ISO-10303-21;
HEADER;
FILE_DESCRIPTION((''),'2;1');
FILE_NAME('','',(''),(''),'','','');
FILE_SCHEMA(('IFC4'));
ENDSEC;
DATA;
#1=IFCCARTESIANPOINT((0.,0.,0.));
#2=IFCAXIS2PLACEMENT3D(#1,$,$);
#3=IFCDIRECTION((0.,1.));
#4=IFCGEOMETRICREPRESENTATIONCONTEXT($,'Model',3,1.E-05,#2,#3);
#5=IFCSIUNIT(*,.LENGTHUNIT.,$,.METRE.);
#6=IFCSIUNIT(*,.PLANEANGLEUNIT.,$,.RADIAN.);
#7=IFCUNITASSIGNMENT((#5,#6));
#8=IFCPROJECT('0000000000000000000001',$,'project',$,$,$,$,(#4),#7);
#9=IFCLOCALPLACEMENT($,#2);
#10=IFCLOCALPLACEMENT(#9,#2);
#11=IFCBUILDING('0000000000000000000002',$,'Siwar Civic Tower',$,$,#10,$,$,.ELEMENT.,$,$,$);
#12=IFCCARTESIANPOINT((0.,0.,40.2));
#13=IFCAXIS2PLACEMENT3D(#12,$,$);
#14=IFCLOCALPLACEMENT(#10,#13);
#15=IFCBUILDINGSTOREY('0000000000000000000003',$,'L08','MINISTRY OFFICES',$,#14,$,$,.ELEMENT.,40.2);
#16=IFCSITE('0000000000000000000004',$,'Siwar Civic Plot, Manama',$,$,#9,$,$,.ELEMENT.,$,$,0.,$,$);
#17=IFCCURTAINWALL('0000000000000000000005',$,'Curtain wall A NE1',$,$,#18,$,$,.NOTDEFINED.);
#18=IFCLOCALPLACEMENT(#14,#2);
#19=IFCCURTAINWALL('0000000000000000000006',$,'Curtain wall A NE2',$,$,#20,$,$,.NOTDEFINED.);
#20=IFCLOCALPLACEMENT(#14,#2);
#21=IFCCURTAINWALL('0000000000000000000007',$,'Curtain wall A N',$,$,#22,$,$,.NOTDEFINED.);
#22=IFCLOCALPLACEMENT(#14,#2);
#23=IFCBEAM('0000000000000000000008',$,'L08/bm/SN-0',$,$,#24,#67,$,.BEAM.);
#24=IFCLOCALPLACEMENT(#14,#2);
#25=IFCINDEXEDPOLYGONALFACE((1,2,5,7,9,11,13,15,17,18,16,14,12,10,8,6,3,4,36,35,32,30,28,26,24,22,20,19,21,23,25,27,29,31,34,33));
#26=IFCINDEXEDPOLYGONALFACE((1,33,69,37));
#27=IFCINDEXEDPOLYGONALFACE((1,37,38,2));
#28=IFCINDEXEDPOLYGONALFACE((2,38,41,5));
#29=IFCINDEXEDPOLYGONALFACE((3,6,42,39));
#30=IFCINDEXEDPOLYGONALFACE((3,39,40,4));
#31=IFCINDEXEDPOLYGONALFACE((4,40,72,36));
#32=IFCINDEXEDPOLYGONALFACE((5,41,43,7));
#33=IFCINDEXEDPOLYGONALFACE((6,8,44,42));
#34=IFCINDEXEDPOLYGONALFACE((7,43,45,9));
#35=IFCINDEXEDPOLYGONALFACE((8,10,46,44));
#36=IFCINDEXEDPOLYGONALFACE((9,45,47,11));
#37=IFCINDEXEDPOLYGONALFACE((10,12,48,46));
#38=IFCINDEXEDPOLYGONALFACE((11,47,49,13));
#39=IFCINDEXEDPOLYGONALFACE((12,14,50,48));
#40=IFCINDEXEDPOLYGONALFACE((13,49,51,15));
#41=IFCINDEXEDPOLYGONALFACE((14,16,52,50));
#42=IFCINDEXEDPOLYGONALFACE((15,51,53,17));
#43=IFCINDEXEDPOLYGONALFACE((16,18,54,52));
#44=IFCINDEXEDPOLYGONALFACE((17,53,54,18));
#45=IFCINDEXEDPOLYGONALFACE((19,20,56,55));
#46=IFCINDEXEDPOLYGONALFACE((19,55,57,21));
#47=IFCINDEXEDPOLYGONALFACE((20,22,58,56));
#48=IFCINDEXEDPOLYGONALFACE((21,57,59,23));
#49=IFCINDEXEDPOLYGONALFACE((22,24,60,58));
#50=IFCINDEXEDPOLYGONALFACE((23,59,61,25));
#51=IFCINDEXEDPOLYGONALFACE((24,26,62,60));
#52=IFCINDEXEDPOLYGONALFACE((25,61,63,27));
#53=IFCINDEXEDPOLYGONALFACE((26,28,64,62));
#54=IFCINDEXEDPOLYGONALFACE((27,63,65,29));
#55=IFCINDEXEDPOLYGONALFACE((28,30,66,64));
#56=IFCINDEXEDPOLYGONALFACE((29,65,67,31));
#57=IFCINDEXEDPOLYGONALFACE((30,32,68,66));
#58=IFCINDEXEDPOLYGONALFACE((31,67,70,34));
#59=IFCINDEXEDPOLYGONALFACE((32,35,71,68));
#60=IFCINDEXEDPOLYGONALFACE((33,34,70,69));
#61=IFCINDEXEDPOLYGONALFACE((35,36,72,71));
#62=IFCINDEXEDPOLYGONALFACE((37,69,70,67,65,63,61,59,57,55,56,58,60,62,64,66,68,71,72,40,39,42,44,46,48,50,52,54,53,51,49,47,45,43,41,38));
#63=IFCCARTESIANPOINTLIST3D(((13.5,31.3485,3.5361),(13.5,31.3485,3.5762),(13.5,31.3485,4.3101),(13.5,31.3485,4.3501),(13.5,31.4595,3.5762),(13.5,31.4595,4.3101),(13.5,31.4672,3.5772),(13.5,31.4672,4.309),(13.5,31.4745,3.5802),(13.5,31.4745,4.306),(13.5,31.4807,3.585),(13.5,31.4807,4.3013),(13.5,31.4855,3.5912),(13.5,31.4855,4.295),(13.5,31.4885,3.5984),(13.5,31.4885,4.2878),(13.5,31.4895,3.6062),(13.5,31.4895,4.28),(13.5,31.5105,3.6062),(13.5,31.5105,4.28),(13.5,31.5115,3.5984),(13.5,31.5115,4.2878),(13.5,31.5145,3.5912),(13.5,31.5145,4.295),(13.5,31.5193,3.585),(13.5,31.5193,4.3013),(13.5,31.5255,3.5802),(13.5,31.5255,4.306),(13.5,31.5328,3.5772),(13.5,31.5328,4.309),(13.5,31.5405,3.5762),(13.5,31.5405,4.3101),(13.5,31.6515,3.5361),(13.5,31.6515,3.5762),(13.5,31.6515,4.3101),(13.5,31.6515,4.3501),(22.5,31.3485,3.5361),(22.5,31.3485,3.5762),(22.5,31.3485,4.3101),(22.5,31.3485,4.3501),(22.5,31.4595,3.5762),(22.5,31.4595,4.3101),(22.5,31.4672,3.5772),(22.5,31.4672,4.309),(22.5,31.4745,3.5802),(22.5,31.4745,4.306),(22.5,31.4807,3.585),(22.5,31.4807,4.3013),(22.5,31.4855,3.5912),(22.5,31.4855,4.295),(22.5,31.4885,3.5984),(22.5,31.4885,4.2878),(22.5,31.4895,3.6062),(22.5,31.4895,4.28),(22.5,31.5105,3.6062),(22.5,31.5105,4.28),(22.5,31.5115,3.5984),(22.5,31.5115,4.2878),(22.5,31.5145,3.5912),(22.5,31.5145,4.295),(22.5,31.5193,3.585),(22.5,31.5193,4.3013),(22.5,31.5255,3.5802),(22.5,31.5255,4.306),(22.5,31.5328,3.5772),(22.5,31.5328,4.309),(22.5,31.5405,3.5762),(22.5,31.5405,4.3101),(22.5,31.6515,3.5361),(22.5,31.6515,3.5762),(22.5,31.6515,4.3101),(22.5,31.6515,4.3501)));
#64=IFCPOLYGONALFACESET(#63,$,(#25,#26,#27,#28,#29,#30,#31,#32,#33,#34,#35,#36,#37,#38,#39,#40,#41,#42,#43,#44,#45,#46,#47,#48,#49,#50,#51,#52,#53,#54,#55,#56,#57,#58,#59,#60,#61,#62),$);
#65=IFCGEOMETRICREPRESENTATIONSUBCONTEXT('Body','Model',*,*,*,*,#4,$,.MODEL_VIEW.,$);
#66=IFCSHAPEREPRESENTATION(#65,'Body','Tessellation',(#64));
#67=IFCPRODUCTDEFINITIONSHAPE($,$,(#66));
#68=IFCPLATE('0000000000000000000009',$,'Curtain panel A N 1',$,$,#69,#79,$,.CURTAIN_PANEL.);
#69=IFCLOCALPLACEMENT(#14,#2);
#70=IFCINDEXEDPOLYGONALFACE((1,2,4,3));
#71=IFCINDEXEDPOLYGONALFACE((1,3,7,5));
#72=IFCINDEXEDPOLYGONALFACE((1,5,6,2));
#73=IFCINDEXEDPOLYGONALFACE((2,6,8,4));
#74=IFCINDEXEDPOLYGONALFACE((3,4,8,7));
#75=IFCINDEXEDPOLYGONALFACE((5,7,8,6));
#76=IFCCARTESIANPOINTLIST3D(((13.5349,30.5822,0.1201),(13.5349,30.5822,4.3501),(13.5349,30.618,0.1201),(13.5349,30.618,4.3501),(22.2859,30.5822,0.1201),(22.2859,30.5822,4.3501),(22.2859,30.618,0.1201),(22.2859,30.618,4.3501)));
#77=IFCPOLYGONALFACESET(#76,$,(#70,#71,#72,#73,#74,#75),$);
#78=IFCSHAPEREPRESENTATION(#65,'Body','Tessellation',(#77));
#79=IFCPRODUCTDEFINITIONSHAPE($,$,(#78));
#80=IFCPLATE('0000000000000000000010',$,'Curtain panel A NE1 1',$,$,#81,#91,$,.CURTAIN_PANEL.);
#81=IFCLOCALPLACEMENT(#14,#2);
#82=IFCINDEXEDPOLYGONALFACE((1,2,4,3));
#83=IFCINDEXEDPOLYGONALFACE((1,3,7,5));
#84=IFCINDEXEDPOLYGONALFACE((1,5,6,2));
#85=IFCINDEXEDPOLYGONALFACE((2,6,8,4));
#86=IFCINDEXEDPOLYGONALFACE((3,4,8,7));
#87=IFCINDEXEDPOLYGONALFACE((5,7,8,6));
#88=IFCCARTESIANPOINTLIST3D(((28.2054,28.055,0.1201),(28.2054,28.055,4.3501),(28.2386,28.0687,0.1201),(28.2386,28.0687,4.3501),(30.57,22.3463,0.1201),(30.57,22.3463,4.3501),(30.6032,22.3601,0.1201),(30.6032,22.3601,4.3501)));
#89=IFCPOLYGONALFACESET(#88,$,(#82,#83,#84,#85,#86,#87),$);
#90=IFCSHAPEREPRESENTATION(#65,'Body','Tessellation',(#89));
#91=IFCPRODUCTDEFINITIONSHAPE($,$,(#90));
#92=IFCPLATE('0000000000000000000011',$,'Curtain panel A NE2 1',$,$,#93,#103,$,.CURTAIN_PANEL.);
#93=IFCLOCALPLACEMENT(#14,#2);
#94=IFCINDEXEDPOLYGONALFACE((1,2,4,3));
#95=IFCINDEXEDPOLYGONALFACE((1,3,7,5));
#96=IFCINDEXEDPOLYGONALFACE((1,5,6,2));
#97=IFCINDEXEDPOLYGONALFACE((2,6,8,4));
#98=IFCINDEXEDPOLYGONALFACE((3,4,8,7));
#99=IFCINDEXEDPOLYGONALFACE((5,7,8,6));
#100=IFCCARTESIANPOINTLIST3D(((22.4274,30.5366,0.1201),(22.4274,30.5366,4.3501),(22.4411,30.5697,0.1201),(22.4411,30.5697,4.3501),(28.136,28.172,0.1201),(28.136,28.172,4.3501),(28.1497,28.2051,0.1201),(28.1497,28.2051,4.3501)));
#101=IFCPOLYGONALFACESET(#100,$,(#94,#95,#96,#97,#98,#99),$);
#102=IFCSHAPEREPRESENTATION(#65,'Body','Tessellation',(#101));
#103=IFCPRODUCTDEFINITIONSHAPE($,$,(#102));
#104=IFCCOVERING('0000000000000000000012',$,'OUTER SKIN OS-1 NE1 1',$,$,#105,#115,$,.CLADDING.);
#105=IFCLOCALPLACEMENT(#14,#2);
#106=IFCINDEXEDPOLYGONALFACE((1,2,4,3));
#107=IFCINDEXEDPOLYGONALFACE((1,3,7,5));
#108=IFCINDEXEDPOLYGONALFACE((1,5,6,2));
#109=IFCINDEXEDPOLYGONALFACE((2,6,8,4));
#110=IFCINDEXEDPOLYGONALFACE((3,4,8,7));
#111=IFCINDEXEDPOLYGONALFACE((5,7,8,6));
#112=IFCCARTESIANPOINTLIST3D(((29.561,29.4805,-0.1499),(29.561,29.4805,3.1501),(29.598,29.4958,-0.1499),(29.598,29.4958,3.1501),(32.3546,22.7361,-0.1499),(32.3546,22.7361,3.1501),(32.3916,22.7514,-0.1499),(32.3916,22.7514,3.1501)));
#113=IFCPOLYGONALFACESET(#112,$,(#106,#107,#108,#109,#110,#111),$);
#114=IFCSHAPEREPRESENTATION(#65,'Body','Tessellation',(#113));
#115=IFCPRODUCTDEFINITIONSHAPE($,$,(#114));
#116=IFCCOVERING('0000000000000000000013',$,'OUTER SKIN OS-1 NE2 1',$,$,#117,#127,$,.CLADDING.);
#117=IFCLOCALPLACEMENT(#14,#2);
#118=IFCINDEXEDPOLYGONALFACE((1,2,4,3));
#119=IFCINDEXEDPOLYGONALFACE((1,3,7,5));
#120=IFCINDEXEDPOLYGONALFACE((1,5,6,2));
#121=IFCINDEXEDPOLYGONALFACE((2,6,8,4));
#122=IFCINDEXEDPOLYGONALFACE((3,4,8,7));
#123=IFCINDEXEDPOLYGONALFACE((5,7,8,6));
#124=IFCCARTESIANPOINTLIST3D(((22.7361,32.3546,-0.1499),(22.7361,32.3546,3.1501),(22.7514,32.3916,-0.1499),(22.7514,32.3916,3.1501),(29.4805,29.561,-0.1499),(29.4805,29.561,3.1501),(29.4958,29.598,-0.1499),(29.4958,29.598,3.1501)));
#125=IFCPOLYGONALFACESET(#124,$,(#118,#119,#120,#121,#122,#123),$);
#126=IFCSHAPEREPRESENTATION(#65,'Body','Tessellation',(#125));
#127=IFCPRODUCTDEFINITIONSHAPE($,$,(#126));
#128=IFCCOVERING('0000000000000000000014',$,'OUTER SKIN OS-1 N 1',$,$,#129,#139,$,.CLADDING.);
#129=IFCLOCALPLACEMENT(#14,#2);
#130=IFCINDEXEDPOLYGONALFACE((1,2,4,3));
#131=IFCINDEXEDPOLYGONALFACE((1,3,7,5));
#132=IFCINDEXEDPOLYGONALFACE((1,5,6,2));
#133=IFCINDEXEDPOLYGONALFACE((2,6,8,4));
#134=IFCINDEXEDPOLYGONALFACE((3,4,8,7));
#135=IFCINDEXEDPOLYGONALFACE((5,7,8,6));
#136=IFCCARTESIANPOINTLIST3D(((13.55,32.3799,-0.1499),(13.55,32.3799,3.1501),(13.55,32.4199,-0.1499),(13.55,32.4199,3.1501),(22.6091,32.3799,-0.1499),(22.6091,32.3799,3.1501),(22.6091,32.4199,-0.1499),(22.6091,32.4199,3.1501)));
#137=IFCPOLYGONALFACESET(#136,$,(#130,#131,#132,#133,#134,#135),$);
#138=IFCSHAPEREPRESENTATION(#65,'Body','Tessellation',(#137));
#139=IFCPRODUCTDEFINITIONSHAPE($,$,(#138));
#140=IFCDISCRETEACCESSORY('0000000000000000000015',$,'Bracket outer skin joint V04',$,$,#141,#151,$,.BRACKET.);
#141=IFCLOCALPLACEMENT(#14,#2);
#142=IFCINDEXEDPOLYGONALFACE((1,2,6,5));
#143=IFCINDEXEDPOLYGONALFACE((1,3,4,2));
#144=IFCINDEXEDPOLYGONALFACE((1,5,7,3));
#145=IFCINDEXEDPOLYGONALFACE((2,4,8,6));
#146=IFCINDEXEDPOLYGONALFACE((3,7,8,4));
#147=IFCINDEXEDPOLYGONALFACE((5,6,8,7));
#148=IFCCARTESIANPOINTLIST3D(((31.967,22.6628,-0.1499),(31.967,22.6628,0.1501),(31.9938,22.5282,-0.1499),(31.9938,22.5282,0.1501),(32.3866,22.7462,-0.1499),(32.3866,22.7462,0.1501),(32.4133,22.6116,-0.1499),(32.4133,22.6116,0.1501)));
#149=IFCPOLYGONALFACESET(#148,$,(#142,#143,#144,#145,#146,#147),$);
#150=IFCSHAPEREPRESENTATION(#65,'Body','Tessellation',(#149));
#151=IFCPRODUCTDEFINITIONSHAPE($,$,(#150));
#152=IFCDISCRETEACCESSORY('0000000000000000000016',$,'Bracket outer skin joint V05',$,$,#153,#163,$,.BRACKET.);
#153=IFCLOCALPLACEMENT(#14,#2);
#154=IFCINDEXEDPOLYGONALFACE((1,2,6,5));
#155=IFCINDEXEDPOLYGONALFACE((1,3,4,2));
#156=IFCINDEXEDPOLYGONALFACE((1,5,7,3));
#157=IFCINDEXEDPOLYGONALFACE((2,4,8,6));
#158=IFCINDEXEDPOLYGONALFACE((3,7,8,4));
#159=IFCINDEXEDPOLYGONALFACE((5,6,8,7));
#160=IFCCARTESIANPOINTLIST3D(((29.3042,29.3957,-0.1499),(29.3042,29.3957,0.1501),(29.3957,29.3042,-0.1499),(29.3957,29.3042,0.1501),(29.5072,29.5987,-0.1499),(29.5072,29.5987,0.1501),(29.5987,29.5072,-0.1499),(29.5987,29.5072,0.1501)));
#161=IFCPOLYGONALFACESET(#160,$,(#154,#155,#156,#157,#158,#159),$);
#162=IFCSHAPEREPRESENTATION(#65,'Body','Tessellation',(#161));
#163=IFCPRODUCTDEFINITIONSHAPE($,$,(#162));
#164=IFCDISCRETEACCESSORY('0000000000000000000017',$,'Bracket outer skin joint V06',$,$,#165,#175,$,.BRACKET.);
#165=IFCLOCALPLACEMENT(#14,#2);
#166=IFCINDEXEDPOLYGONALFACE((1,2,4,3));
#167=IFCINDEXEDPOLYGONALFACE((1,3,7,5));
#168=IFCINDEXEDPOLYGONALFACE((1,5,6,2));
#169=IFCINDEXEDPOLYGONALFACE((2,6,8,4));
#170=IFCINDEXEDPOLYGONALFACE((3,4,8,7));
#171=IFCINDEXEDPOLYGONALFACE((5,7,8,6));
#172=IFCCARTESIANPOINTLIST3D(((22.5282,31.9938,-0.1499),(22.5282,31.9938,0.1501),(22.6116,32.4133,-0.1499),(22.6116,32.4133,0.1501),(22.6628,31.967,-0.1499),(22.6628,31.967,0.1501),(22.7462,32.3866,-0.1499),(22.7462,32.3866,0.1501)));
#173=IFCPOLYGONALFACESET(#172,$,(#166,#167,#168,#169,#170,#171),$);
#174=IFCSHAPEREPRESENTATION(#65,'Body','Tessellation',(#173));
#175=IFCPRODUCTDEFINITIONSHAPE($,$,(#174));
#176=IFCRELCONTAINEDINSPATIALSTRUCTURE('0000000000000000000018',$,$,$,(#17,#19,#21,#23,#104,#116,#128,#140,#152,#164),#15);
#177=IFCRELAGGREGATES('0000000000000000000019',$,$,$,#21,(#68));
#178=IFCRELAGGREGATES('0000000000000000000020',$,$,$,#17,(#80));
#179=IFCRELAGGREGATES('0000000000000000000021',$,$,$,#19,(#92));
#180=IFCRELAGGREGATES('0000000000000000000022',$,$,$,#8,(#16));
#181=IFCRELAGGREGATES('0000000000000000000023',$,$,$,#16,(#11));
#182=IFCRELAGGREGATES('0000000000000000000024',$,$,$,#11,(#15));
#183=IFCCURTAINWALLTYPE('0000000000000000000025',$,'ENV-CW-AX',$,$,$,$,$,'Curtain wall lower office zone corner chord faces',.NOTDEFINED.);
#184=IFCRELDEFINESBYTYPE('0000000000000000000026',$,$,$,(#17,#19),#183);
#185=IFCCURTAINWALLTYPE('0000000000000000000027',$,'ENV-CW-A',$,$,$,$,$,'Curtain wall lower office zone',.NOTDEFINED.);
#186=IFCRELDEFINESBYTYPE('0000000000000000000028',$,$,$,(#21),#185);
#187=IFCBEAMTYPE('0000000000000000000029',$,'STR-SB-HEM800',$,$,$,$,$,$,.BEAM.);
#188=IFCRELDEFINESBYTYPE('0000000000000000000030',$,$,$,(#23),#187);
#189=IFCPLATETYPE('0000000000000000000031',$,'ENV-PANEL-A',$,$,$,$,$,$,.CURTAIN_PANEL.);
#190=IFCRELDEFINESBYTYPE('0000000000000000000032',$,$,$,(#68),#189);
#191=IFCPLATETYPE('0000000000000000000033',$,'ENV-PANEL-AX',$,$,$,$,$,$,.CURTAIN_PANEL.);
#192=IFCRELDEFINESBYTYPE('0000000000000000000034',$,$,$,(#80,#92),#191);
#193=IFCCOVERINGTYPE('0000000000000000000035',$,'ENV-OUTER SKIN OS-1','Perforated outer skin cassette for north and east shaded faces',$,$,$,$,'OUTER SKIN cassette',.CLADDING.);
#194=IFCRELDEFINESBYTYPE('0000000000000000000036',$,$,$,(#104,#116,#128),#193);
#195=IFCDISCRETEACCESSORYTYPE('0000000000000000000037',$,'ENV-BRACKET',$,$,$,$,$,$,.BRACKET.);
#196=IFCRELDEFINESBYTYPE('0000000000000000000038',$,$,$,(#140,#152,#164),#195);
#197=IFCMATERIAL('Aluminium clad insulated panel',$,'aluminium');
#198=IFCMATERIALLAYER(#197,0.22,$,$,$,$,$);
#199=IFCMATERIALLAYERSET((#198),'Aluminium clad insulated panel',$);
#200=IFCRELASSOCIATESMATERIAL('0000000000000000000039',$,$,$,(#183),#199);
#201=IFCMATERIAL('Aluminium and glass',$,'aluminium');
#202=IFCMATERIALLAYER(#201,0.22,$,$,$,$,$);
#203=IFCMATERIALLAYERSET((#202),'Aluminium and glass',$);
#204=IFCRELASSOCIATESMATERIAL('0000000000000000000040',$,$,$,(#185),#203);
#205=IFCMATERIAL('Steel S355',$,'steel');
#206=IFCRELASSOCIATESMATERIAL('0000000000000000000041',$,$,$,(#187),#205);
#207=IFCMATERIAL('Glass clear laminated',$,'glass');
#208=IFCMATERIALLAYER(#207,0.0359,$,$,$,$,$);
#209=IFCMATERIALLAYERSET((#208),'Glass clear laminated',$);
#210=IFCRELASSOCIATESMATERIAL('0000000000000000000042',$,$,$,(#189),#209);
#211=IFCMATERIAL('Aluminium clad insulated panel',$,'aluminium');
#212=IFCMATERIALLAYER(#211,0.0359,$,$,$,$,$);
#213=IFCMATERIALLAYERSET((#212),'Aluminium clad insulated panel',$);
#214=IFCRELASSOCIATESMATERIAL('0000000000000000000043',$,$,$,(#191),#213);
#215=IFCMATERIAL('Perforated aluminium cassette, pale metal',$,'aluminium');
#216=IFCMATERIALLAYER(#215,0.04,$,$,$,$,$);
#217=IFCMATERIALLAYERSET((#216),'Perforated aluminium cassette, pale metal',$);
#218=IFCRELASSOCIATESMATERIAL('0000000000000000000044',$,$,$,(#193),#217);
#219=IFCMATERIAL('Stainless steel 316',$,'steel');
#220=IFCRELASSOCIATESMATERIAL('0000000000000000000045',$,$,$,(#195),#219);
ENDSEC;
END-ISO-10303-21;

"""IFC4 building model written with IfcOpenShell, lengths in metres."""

from ifc_helpers import new_model, si_unit, direction, frame, origin, origin_2d, place, context, subcontext, project, spatial, rectangle, i_section, extrude, material, layer, layer_set, material_profile, profile_set, type_object, element, aggregate, save


model = new_model("IFC4")

# Units and contexts
model_context = context("Model", 3, precision=1e-05, world=origin(), true_north=direction((0.0, 1.0)))
body_context = subcontext(model_context, "Body", "Model", "MODEL_VIEW")
ifc_project = project(units=[si_unit("LENGTHUNIT", "METRE"), si_unit("PLANEANGLEUNIT", "RADIAN")], contexts=[model_context])

# Site, building, storey
site_placement = place(None, origin())
site = spatial("IfcSite", under=ifc_project, at=site_placement, Name="Siwar Civic Plot, Manama", CompositionType="ELEMENT", RefElevation=0.0)
building_placement = place(site_placement, origin())
building = spatial("IfcBuilding", under=site, at=building_placement, Name="Siwar Civic Tower", CompositionType="ELEMENT")
storey_placement = place(building_placement, frame((0.0, 0.0, 40.2)))
storey = spatial("IfcBuildingStorey", under=building, at=storey_placement, Name="L08", Description="MINISTRY OFFICES", CompositionType="ELEMENT", Elevation=40.2)

# Curtain walls
ifc_material_1 = material(Name="Aluminium clad insulated panel", Category="aluminium")
ifc_layer_1 = layer(ifc_material_1, 0.22)
ifc_layer_set_1 = layer_set([ifc_layer_1], Name="Aluminium clad insulated panel")
curtain_wall_type_1 = type_object("IfcCurtainWallType", Name="ENV-CW-AX", ElementType="Curtain wall lower office zone corner chord faces", PredefinedType="NOTDEFINED", material=ifc_layer_set_1)
curtain_wall_1_placement = place(storey_placement, origin())
curtain_wall_1 = element("IfcCurtainWall", 1, at=curtain_wall_1_placement, inside=storey, type_object=curtain_wall_type_1, Name="Curtain wall A NE1", PredefinedType="NOTDEFINED")
curtain_wall_2_placement = place(storey_placement, origin())
curtain_wall_2 = element("IfcCurtainWall", 2, at=curtain_wall_2_placement, inside=storey, type_object=curtain_wall_type_1, Name="Curtain wall A NE2", PredefinedType="NOTDEFINED")
ifc_material_2 = material(Name="Aluminium and glass", Category="aluminium")
ifc_layer_2 = layer(ifc_material_2, 0.22)
ifc_layer_set_2 = layer_set([ifc_layer_2], Name="Aluminium and glass")
curtain_wall_type_2 = type_object("IfcCurtainWallType", Name="ENV-CW-A", ElementType="Curtain wall lower office zone", PredefinedType="NOTDEFINED", material=ifc_layer_set_2)
curtain_wall_3_placement = place(storey_placement, origin())
curtain_wall_3 = element("IfcCurtainWall", 3, at=curtain_wall_3_placement, inside=storey, type_object=curtain_wall_type_2, Name="Curtain wall A N", PredefinedType="NOTDEFINED")

# Beam
ifc_material_3 = material(Name="Steel S355", Category="steel")
ifc_material_profile_1 = material_profile(ifc_material_3, i_section(OverallWidth=0.303, OverallDepth=0.814, WebThickness=0.021, FlangeThickness=0.04, FilletRadius=0.03, at=origin_2d()), Name="HEM800")
ifc_profile_set_1 = profile_set([ifc_material_profile_1], Name="Steel S355")
beam_type_1 = type_object("IfcBeamType", Name="STR-SB-HEM800", PredefinedType="BEAM", material=ifc_profile_set_1)
beam_1_placement = place(storey_placement, frame((22.5, 31.5, 3.9431), z_axis=(-1.0, 0.0, 0.0), x_axis=(0.0, -1.0, 0.0)))
element("IfcBeam", 4, at=beam_1_placement, inside=storey, type_object=beam_type_1, Name="L08/bm/SN-0", PredefinedType="BEAM", context=body_context, shape_type="SweptSolid", body=[
    extrude(i_section(OverallWidth=0.303, OverallDepth=0.814, WebThickness=0.021, FlangeThickness=0.04, FilletRadius=0.03, at=origin_2d()), origin(), (0.0, 0.0, 1.0), 9.0),
])

# Plates
ifc_material_4 = material(Name="Glass clear laminated", Category="glass")
ifc_layer_3 = layer(ifc_material_4, 0.0359)
ifc_layer_set_3 = layer_set([ifc_layer_3], Name="Glass clear laminated")
plate_type_1 = type_object("IfcPlateType", Name="ENV-PANEL-A", PredefinedType="CURTAIN_PANEL", material=ifc_layer_set_3)
plate_1_placement = place(storey_placement, frame((17.9104, 30.6001, 0.1201), z_axis=(0.0, 0.0, 1.0), x_axis=(-1.0, 0.0, 0.0)))
plate_1 = element("IfcPlate", 5, at=plate_1_placement, type_object=plate_type_1, Name="Curtain panel A N 1", PredefinedType="CURTAIN_PANEL", context=body_context, shape_type="SweptSolid", body=[
    extrude(rectangle(XDim=8.751, YDim=0.0359, at=origin_2d()), origin(), (0.0, 0.0, 1.0), 4.23),
])
aggregate(curtain_wall_3, [plate_1])
ifc_material_5 = material(Name="Aluminium clad insulated panel", Category="aluminium")
ifc_layer_4 = layer(ifc_material_5, 0.0359)
ifc_layer_set_4 = layer_set([ifc_layer_4], Name="Aluminium clad insulated panel")
plate_type_2 = type_object("IfcPlateType", Name="ENV-PANEL-AX", PredefinedType="CURTAIN_PANEL", material=ifc_layer_set_4)
plate_2_placement = place(storey_placement, frame((29.4043, 25.2075, 0.1201), z_axis=(0.0, 0.0, 1.0), x_axis=(-0.382683, 0.92388, 0.0)))
plate_2 = element("IfcPlate", 6, at=plate_2_placement, type_object=plate_type_2, Name="Curtain panel A NE1 1", PredefinedType="CURTAIN_PANEL", context=body_context, shape_type="SweptSolid", body=[
    extrude(rectangle(XDim=6.179, YDim=0.0359, at=origin_2d()), origin(), (0.0, 0.0, 1.0), 4.23),
])
aggregate(curtain_wall_1, [plate_2])
plate_3_placement = place(storey_placement, frame((25.2886, 29.3708, 0.1201), z_axis=(0.0, 0.0, 1.0), x_axis=(-0.92388, 0.382683, 0.0)))
plate_3 = element("IfcPlate", 7, at=plate_3_placement, type_object=plate_type_2, Name="Curtain panel A NE2 1", PredefinedType="CURTAIN_PANEL", context=body_context, shape_type="SweptSolid", body=[
    extrude(rectangle(XDim=6.179, YDim=0.0359, at=origin_2d()), origin(), (0.0, 0.0, 1.0), 4.23),
])
aggregate(curtain_wall_2, [plate_3])

# Coverings
ifc_material_6 = material(Name="Perforated aluminium cassette, pale metal", Category="aluminium")
ifc_layer_5 = layer(ifc_material_6, 0.04)
ifc_layer_set_5 = layer_set([ifc_layer_5], Name="Perforated aluminium cassette, pale metal")
covering_type = type_object("IfcCoveringType", Name="ENV-OUTER SKIN OS-1", Description="Perforated outer skin cassette for north and east shaded faces", ElementType="OUTER SKIN cassette", PredefinedType="CLADDING", material=ifc_layer_set_5)
for number, where, z_axis, x_axis, name in (
    (8, (30.9763, 26.116, -0.1499), (0.0, 0.0, 1.0), (-0.382683, 0.92388, 0.0), "OUTER SKIN OS-1 NE1 1"),
    (9, (26.116, 30.9763, -0.1499), (0.0, 0.0, 1.0), (-0.92388, 0.382683, 0.0), "OUTER SKIN OS-1 NE2 1"),
):
    element("IfcCovering", number, at=place(storey_placement, frame(where, z_axis=z_axis, x_axis=x_axis)), inside=storey, type_object=covering_type, Name=name, PredefinedType="CLADDING", context=body_context, shape_type="SweptSolid", body=[
        extrude(rectangle(XDim=7.3, YDim=0.04, at=origin_2d()), origin(), (0.0, 0.0, 1.0), 3.3),
    ])
covering_placement = place(storey_placement, frame((18.0796, 32.3999, -0.1499), z_axis=(0.0, 0.0, 1.0), x_axis=(-1.0, 0.0, 0.0)))
element("IfcCovering", 10, at=covering_placement, inside=storey, type_object=covering_type, Name="OUTER SKIN OS-1 N 1", PredefinedType="CLADDING", context=body_context, shape_type="SweptSolid", body=[
    extrude(rectangle(XDim=9.0591, YDim=0.04, at=origin_2d()), origin(), (0.0, 0.0, 1.0), 3.3),
])

# Discrete accessories
ifc_material_7 = material(Name="Stainless steel 316", Category="steel")
discrete_accessory_type = type_object("IfcDiscreteAccessoryType", Name="ENV-BRACKET", PredefinedType="BRACKET", material=ifc_material_7)
discrete_accessory_1_placement = place(storey_placement, frame((32.1902, 22.6372, -0.1499), z_axis=(0.0, 0.0, 1.0), x_axis=(0.980785, 0.19509, 0.0)))
element("IfcDiscreteAccessory", 11, at=discrete_accessory_1_placement, inside=storey, type_object=discrete_accessory_type, Name="Bracket outer skin joint V04", PredefinedType="BRACKET", context=body_context, shape_type="SweptSolid", body=[
    extrude(rectangle(XDim=0.4277, YDim=0.1372, at=origin_2d()), origin(), (0.0, 0.0, 1.0), 0.3),
])
discrete_accessory_2_placement = place(storey_placement, frame((29.4514, 29.4514, -0.1499), z_axis=(0.0, 0.0, 1.0), x_axis=(0.707107, 0.707107, 0.0)))
element("IfcDiscreteAccessory", 12, at=discrete_accessory_2_placement, inside=storey, type_object=discrete_accessory_type, Name="Bracket outer skin joint V05", PredefinedType="BRACKET", context=body_context, shape_type="SweptSolid", body=[
    extrude(rectangle(XDim=0.2871, YDim=0.1294, at=origin_2d()), origin(), (0.0, 0.0, 1.0), 0.3),
])
discrete_accessory_3_placement = place(storey_placement, frame((22.6372, 32.1902, -0.1499), z_axis=(0.0, 0.0, 1.0), x_axis=(0.19509, 0.980785, 0.0)))
element("IfcDiscreteAccessory", 13, at=discrete_accessory_3_placement, inside=storey, type_object=discrete_accessory_type, Name="Bracket outer skin joint V06", PredefinedType="BRACKET", context=body_context, shape_type="SweptSolid", body=[
    extrude(rectangle(XDim=0.4277, YDim=0.1372, at=origin_2d()), origin(), (0.0, 0.0, 1.0), 0.3),
])

save(model, "model.ifc")
